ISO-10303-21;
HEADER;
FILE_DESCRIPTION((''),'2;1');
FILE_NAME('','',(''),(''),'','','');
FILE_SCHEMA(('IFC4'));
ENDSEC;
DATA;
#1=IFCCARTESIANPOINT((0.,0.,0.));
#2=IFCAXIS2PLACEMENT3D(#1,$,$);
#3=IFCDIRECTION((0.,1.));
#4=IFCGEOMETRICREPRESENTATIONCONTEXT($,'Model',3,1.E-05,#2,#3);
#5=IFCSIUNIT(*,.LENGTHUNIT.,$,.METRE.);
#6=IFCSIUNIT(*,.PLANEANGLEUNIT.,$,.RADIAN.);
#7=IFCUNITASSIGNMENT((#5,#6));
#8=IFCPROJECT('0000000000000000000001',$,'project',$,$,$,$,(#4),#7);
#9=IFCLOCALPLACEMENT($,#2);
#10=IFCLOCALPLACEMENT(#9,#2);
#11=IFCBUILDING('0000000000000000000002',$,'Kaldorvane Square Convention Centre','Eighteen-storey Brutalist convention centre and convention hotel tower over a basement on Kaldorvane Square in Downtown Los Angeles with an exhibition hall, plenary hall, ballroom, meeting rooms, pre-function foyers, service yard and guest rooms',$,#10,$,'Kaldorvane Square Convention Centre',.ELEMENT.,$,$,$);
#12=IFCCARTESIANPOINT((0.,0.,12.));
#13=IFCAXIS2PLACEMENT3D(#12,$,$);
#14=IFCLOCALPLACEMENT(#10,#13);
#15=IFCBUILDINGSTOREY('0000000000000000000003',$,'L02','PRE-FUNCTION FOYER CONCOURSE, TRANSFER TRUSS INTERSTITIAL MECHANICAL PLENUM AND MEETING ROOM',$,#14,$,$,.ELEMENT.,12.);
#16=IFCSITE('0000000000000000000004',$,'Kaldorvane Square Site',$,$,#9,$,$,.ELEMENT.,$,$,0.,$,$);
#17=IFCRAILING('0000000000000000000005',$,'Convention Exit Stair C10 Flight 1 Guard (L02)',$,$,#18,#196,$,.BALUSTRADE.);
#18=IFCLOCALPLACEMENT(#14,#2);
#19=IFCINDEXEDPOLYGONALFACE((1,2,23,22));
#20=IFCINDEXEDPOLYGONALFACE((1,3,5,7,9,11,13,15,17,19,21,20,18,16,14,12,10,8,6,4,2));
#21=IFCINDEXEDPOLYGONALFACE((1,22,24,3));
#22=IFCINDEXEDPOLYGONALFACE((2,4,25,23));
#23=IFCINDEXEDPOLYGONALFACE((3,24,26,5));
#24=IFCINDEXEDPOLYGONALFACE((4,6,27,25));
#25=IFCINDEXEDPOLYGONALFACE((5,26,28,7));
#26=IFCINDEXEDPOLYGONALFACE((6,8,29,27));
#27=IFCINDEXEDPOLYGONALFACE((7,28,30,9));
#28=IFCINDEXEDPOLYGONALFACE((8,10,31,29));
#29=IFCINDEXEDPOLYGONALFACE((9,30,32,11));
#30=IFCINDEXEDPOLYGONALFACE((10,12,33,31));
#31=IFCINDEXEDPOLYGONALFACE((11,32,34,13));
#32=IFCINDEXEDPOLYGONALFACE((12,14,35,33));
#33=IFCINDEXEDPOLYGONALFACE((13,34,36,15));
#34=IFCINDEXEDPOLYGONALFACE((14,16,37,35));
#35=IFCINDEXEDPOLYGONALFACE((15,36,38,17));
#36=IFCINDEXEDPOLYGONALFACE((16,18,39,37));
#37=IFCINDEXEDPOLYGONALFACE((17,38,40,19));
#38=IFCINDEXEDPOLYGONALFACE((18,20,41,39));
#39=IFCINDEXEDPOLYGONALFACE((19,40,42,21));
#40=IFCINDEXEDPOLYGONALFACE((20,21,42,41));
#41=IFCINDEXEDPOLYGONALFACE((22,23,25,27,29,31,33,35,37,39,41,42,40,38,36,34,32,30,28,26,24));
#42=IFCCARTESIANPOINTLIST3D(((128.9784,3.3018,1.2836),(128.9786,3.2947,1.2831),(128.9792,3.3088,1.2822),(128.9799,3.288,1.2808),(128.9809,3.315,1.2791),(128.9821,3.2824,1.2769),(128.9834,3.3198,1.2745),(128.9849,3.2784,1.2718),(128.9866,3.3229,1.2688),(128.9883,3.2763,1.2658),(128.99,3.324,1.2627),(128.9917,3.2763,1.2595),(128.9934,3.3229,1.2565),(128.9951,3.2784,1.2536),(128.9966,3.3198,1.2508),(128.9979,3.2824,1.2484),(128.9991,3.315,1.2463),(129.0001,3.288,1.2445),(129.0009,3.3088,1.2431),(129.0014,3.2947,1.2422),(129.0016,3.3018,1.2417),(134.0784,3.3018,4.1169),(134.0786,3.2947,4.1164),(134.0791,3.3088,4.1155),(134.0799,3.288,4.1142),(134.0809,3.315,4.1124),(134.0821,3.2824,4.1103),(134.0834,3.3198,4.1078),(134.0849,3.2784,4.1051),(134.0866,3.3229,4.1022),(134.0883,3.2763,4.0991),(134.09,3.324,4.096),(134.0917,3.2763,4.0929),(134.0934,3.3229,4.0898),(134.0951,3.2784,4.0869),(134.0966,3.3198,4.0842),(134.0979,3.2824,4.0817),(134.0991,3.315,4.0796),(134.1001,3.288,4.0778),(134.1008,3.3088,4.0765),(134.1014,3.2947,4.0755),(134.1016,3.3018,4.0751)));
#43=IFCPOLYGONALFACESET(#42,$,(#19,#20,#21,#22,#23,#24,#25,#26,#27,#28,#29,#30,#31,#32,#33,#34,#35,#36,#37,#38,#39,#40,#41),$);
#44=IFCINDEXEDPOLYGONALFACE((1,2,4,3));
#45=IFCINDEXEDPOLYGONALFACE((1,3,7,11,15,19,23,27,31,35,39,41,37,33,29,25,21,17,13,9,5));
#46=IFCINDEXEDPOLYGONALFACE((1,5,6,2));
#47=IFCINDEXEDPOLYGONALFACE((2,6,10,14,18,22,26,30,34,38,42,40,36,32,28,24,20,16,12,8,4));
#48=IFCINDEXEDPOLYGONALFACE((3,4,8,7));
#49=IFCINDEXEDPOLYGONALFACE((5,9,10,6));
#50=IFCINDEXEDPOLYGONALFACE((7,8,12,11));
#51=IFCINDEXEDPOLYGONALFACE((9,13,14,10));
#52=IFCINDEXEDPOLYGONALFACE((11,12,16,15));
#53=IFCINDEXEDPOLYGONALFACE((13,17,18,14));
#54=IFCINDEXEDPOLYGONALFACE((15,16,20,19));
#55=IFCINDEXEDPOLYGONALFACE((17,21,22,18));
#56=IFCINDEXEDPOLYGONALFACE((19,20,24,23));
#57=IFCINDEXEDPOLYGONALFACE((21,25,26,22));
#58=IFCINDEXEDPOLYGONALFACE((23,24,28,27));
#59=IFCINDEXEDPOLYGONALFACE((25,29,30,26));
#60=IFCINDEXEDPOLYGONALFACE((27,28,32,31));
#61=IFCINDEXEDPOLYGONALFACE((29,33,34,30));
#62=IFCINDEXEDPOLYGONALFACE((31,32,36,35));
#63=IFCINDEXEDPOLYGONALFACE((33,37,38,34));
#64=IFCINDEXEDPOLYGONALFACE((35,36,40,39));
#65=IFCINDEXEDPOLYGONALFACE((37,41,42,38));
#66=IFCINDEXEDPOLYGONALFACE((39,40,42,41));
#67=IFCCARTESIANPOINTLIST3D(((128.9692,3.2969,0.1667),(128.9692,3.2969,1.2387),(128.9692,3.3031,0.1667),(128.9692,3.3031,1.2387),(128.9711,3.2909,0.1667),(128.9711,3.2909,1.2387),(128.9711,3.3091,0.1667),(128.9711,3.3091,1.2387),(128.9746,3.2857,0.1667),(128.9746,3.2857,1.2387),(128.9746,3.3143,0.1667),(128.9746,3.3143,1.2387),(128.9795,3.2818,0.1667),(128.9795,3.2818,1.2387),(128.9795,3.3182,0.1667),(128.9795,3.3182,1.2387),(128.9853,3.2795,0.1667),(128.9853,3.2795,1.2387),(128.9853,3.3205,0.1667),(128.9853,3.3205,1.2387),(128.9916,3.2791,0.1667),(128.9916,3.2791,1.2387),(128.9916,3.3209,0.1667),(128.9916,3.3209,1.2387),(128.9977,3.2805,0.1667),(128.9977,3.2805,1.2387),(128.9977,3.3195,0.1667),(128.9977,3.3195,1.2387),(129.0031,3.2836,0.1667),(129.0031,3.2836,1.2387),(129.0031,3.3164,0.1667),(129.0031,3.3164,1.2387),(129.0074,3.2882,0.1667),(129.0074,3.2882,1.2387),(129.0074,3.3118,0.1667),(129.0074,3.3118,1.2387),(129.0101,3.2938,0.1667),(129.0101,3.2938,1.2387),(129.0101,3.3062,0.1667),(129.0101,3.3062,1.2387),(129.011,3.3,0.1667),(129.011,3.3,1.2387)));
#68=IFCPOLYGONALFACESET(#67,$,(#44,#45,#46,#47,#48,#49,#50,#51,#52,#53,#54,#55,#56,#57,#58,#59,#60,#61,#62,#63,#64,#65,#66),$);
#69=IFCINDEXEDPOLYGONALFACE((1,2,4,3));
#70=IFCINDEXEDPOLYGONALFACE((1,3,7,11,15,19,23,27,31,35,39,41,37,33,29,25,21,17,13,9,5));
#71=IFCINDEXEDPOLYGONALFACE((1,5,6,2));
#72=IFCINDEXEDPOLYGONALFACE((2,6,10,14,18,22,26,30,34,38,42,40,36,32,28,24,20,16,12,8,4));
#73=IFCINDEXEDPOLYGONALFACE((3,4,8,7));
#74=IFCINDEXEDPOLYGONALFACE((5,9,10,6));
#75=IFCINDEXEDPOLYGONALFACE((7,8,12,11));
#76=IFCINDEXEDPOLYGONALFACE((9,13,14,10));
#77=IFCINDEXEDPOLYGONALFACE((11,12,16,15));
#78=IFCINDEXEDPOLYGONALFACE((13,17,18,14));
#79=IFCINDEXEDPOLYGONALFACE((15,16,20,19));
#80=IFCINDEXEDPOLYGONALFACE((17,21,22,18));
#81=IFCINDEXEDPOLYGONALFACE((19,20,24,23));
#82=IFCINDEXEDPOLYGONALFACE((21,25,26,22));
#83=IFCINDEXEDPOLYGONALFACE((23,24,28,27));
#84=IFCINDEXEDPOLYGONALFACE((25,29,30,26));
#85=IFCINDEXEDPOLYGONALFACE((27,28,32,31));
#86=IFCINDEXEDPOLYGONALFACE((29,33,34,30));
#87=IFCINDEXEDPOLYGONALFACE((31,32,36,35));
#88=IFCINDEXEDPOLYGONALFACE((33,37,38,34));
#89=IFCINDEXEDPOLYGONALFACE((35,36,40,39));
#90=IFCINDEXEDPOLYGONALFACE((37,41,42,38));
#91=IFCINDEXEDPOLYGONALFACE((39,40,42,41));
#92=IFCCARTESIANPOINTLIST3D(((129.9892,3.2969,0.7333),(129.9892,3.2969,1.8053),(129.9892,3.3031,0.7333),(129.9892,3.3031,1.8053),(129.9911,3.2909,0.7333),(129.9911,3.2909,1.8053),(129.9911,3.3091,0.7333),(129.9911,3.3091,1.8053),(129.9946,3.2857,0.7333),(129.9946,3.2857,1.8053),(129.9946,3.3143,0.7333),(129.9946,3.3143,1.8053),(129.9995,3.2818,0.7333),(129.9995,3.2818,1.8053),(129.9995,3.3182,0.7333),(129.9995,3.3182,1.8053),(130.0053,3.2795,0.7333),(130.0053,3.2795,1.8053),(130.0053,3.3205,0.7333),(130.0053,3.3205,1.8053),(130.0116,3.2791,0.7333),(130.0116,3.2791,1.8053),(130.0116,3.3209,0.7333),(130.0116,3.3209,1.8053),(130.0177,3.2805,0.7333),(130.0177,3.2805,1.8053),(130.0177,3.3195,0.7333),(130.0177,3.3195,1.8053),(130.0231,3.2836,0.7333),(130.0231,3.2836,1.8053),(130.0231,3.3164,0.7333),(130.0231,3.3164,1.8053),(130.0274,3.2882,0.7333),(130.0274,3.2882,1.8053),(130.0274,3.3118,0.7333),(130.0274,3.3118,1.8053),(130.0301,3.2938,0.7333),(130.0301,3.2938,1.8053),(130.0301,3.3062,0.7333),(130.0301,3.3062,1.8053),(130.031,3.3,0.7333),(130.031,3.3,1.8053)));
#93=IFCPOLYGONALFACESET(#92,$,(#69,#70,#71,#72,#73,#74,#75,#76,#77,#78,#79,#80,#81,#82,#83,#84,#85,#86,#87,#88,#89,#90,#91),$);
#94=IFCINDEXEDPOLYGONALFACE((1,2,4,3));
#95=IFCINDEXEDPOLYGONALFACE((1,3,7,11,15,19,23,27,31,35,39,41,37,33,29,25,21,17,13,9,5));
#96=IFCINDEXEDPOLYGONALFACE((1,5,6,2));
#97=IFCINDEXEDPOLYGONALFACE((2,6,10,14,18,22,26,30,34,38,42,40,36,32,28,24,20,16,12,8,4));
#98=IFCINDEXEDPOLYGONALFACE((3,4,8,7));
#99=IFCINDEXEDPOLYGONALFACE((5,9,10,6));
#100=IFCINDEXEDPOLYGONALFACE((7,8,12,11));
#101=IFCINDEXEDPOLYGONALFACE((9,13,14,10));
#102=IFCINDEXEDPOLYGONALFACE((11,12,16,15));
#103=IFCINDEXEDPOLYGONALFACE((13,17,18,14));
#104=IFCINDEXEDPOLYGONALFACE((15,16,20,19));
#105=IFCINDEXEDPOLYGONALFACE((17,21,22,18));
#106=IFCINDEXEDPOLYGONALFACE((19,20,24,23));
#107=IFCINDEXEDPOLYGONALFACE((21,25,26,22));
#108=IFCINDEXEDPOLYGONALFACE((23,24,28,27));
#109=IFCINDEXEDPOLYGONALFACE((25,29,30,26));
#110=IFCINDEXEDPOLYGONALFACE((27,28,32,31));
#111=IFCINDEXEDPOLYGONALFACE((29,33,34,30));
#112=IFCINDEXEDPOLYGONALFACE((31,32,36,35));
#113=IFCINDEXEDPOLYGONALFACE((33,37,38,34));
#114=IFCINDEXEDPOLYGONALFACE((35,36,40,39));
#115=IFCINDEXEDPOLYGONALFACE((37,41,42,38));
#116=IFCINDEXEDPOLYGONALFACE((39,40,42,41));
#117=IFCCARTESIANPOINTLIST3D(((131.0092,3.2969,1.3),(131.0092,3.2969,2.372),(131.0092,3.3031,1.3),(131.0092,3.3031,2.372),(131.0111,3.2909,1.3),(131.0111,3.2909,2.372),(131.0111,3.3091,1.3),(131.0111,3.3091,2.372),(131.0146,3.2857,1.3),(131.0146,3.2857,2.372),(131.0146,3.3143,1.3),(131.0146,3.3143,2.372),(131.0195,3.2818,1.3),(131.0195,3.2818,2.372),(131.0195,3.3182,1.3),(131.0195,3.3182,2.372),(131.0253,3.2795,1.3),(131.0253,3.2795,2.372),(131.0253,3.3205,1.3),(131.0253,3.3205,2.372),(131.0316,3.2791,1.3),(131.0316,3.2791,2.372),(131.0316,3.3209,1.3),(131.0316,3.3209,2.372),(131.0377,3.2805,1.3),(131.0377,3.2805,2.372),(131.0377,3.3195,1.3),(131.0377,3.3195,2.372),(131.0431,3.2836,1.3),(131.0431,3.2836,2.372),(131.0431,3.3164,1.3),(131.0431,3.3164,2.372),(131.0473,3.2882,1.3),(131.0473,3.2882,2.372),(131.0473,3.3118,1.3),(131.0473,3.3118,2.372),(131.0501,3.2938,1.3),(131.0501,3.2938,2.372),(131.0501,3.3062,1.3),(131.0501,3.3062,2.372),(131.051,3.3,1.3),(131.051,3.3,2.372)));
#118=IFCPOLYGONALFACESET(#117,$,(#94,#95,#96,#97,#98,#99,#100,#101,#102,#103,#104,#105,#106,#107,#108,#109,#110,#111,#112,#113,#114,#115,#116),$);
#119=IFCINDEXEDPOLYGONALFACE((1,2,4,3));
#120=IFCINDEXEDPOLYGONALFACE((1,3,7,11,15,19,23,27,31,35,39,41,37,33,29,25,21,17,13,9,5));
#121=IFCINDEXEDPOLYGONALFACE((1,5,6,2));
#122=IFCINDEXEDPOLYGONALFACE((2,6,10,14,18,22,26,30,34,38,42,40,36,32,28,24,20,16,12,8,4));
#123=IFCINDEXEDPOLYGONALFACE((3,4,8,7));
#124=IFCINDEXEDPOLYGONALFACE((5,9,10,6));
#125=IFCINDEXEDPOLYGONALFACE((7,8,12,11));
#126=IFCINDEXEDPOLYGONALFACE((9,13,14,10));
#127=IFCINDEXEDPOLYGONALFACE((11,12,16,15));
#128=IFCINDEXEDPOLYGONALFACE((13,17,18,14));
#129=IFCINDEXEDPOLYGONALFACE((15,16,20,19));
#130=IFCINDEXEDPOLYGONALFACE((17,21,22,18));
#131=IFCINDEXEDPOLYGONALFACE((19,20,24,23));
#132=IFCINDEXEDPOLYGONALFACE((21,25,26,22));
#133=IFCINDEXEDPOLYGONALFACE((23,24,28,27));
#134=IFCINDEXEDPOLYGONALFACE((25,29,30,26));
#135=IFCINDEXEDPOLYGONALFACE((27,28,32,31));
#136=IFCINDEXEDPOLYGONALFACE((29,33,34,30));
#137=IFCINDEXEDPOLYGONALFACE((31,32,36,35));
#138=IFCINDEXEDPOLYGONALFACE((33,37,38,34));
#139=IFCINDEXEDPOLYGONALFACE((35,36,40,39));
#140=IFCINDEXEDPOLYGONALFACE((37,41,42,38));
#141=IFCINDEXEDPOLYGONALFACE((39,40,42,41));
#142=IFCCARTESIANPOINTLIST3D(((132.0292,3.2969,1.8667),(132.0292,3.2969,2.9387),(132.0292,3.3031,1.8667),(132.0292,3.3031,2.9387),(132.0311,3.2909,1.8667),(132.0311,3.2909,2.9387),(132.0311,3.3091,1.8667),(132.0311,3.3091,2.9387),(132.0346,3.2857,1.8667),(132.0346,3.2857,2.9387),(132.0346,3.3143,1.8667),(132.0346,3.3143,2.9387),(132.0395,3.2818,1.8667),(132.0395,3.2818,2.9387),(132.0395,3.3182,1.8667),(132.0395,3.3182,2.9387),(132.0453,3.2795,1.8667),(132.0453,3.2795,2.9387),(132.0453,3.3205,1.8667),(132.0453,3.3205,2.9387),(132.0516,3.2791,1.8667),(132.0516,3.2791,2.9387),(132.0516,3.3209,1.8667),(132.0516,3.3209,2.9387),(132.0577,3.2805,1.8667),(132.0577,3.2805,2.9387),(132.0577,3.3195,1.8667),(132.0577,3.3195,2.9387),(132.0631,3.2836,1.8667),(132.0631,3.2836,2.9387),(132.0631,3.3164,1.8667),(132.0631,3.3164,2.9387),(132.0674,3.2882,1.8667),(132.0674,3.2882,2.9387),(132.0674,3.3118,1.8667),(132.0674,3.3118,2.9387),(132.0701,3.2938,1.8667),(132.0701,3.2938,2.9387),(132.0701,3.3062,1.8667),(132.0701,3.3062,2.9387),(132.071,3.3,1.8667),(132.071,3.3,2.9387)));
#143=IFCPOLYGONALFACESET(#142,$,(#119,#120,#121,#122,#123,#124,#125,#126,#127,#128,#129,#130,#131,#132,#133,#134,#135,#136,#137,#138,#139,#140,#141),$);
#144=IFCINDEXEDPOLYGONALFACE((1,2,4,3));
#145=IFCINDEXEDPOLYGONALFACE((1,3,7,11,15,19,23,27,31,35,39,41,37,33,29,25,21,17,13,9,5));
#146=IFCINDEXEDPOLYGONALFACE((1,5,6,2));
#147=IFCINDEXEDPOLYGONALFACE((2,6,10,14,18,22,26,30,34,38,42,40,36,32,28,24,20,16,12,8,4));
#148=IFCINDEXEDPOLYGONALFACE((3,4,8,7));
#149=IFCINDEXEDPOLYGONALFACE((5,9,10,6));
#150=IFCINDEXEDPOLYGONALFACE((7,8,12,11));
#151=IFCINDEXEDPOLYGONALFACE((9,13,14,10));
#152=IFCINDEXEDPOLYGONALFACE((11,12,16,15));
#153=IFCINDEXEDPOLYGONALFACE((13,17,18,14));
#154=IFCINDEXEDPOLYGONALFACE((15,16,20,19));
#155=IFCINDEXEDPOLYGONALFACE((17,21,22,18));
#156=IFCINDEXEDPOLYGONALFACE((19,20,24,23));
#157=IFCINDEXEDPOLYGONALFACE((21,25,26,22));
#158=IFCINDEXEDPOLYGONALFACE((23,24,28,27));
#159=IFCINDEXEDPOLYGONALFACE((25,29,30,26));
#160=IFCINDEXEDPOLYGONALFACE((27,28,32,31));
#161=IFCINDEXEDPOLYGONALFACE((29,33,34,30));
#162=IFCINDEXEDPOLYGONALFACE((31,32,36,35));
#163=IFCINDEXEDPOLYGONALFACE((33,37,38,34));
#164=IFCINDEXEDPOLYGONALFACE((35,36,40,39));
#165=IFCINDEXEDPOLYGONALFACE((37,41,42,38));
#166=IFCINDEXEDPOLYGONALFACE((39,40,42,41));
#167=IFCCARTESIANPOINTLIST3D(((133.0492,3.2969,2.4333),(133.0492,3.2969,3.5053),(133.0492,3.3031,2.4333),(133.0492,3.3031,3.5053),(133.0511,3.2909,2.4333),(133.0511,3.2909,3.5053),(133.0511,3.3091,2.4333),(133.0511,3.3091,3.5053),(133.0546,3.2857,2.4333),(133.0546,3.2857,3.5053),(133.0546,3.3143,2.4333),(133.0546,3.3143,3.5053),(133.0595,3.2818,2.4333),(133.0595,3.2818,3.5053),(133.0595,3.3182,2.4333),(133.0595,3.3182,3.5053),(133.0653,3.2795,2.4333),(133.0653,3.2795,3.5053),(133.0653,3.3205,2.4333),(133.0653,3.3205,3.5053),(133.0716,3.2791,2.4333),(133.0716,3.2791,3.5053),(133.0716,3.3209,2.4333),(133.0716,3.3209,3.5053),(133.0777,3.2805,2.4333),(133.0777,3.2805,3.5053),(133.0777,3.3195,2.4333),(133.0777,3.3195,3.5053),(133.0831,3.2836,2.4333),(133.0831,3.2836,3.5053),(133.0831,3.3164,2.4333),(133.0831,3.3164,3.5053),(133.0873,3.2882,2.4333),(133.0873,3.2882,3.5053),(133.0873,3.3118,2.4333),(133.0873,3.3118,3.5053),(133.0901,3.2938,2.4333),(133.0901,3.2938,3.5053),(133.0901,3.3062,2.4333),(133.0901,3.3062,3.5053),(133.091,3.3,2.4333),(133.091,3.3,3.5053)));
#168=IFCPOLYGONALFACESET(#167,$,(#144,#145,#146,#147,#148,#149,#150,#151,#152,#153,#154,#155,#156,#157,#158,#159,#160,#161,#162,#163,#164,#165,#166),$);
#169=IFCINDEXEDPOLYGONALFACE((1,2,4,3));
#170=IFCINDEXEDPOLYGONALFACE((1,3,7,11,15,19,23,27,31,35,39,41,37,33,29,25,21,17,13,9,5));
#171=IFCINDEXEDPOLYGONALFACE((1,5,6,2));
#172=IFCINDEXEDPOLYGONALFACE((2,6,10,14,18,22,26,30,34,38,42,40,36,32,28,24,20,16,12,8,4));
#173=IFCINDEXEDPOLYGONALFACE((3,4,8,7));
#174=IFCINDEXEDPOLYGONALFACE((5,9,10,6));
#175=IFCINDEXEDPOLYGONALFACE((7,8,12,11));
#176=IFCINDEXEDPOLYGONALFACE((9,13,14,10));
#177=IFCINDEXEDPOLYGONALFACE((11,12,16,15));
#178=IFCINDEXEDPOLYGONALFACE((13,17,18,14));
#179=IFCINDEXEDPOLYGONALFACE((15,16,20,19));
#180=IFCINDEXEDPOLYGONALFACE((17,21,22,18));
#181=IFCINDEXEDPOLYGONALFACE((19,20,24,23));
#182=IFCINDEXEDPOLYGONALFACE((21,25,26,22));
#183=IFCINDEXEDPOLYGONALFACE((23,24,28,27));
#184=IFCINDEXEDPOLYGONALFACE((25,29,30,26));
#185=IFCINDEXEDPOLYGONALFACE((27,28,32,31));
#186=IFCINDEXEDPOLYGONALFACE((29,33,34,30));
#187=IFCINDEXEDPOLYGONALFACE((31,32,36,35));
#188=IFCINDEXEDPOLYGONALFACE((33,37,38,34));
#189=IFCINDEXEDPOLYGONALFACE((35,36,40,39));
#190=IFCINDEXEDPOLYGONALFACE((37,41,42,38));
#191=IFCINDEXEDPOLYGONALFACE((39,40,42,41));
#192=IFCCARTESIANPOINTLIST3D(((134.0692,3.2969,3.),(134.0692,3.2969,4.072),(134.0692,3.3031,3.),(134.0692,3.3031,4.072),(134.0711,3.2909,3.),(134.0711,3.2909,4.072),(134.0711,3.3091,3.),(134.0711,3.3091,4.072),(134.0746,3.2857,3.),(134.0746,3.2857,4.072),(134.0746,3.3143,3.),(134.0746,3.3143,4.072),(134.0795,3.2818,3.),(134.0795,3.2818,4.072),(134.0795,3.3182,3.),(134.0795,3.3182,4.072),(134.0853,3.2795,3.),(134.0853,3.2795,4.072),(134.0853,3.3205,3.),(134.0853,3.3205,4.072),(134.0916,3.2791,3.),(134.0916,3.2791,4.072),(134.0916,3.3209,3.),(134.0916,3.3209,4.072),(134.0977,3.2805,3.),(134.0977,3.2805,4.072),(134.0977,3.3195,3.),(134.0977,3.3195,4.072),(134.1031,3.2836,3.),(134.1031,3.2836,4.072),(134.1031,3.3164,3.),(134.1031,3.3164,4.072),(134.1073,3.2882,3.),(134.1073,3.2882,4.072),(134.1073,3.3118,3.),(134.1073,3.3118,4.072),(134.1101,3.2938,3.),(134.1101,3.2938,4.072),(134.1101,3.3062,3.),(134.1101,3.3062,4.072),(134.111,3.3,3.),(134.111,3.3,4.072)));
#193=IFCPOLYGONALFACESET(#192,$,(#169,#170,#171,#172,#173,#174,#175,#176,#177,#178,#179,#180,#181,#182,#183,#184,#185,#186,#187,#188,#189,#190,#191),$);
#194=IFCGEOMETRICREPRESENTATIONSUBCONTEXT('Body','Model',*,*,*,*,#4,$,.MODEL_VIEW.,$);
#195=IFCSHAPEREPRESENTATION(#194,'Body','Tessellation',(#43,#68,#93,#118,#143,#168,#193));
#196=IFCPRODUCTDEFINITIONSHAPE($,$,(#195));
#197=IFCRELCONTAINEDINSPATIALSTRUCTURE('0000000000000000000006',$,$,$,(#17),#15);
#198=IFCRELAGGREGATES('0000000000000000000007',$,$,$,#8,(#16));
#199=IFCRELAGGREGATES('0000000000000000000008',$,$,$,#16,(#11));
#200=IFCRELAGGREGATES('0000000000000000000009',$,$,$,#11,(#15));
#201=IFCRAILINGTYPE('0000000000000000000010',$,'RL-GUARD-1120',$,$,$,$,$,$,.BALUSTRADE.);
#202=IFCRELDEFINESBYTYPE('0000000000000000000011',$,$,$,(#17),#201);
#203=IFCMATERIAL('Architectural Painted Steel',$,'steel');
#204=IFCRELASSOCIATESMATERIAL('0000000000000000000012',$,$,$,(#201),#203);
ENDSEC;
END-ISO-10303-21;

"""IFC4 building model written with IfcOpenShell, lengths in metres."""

from ifc_helpers import new_model, si_unit, direction, frame, origin, origin_2d, place, context, subcontext, project, spatial, circle, extrude, material, type_object, element, save


model = new_model("IFC4")

# Units and contexts
model_context = context("Model", 3, precision=1e-05, world=origin(), true_north=direction((0.0, 1.0)))
body_context = subcontext(model_context, "Body", "Model", "MODEL_VIEW")
ifc_project = project(units=[si_unit("LENGTHUNIT", "METRE"), si_unit("PLANEANGLEUNIT", "RADIAN")], contexts=[model_context])

# Site, building, storey
site_placement = place(None, origin())
site = spatial("IfcSite", under=ifc_project, at=site_placement, Name="Kaldorvane Square Site", CompositionType="ELEMENT", RefElevation=0.0)
building_placement = place(site_placement, origin())
building = spatial("IfcBuilding", under=site, at=building_placement, Name="Kaldorvane Square Convention Centre", Description="Eighteen-storey Brutalist convention centre and convention hotel tower over a basement on Kaldorvane Square in Downtown Los Angeles with an exhibition hall, plenary hall, ballroom, meeting rooms, pre-function foyers, service yard and guest rooms", LongName="Kaldorvane Square Convention Centre", CompositionType="ELEMENT")
storey_placement = place(building_placement, frame((0.0, 0.0, 12.0)))
storey = spatial("IfcBuildingStorey", under=building, at=storey_placement, Name="L02", Description="PRE-FUNCTION FOYER CONCOURSE, TRANSFER TRUSS INTERSTITIAL MECHANICAL PLENUM AND MEETING ROOM", CompositionType="ELEMENT", Elevation=12.0)

# Railing
ifc_material_1 = material(Name="Architectural Painted Steel", Category="steel")
railing_type_1 = type_object("IfcRailingType", Name="RL-GUARD-1120", PredefinedType="BALUSTRADE", material=ifc_material_1)
railing_1_placement = place(storey_placement, frame((128.99, 3.3, 0.1667)))
element("IfcRailing", 1, at=railing_1_placement, inside=storey, type_object=railing_type_1, Name="Convention Exit Stair C10 Flight 1 Guard (L02)", PredefinedType="BALUSTRADE", context=body_context, shape_type="SweptSolid", body=[
    extrude(circle(Radius=0.024, at=origin_2d()), frame((0.0, 0.0, 1.096), z_axis=(0.874157, 0.0, 0.485643), x_axis=(0.0, 1.0, 0.0)), (0.0, 0.0, 1.0), 5.8342),
    extrude(circle(Radius=0.021, at=origin_2d()), origin(), (0.0, 0.0, 1.0), 1.072),
    extrude(circle(Radius=0.021, at=origin_2d()), frame((1.02, 0.0, 0.5667)), (0.0, 0.0, 1.0), 1.072),
    extrude(circle(Radius=0.021, at=origin_2d()), frame((2.04, 0.0, 1.1333)), (0.0, 0.0, 1.0), 1.072),
    extrude(circle(Radius=0.021, at=origin_2d()), frame((3.06, 0.0, 1.7)), (0.0, 0.0, 1.0), 1.072),
    extrude(circle(Radius=0.021, at=origin_2d()), frame((4.08, 0.0, 2.2667)), (0.0, 0.0, 1.0), 1.072),
    extrude(circle(Radius=0.021, at=origin_2d()), frame((5.1, 0.0, 2.8333)), (0.0, 0.0, 1.0), 1.072),
])

save(model, "model.ifc")
